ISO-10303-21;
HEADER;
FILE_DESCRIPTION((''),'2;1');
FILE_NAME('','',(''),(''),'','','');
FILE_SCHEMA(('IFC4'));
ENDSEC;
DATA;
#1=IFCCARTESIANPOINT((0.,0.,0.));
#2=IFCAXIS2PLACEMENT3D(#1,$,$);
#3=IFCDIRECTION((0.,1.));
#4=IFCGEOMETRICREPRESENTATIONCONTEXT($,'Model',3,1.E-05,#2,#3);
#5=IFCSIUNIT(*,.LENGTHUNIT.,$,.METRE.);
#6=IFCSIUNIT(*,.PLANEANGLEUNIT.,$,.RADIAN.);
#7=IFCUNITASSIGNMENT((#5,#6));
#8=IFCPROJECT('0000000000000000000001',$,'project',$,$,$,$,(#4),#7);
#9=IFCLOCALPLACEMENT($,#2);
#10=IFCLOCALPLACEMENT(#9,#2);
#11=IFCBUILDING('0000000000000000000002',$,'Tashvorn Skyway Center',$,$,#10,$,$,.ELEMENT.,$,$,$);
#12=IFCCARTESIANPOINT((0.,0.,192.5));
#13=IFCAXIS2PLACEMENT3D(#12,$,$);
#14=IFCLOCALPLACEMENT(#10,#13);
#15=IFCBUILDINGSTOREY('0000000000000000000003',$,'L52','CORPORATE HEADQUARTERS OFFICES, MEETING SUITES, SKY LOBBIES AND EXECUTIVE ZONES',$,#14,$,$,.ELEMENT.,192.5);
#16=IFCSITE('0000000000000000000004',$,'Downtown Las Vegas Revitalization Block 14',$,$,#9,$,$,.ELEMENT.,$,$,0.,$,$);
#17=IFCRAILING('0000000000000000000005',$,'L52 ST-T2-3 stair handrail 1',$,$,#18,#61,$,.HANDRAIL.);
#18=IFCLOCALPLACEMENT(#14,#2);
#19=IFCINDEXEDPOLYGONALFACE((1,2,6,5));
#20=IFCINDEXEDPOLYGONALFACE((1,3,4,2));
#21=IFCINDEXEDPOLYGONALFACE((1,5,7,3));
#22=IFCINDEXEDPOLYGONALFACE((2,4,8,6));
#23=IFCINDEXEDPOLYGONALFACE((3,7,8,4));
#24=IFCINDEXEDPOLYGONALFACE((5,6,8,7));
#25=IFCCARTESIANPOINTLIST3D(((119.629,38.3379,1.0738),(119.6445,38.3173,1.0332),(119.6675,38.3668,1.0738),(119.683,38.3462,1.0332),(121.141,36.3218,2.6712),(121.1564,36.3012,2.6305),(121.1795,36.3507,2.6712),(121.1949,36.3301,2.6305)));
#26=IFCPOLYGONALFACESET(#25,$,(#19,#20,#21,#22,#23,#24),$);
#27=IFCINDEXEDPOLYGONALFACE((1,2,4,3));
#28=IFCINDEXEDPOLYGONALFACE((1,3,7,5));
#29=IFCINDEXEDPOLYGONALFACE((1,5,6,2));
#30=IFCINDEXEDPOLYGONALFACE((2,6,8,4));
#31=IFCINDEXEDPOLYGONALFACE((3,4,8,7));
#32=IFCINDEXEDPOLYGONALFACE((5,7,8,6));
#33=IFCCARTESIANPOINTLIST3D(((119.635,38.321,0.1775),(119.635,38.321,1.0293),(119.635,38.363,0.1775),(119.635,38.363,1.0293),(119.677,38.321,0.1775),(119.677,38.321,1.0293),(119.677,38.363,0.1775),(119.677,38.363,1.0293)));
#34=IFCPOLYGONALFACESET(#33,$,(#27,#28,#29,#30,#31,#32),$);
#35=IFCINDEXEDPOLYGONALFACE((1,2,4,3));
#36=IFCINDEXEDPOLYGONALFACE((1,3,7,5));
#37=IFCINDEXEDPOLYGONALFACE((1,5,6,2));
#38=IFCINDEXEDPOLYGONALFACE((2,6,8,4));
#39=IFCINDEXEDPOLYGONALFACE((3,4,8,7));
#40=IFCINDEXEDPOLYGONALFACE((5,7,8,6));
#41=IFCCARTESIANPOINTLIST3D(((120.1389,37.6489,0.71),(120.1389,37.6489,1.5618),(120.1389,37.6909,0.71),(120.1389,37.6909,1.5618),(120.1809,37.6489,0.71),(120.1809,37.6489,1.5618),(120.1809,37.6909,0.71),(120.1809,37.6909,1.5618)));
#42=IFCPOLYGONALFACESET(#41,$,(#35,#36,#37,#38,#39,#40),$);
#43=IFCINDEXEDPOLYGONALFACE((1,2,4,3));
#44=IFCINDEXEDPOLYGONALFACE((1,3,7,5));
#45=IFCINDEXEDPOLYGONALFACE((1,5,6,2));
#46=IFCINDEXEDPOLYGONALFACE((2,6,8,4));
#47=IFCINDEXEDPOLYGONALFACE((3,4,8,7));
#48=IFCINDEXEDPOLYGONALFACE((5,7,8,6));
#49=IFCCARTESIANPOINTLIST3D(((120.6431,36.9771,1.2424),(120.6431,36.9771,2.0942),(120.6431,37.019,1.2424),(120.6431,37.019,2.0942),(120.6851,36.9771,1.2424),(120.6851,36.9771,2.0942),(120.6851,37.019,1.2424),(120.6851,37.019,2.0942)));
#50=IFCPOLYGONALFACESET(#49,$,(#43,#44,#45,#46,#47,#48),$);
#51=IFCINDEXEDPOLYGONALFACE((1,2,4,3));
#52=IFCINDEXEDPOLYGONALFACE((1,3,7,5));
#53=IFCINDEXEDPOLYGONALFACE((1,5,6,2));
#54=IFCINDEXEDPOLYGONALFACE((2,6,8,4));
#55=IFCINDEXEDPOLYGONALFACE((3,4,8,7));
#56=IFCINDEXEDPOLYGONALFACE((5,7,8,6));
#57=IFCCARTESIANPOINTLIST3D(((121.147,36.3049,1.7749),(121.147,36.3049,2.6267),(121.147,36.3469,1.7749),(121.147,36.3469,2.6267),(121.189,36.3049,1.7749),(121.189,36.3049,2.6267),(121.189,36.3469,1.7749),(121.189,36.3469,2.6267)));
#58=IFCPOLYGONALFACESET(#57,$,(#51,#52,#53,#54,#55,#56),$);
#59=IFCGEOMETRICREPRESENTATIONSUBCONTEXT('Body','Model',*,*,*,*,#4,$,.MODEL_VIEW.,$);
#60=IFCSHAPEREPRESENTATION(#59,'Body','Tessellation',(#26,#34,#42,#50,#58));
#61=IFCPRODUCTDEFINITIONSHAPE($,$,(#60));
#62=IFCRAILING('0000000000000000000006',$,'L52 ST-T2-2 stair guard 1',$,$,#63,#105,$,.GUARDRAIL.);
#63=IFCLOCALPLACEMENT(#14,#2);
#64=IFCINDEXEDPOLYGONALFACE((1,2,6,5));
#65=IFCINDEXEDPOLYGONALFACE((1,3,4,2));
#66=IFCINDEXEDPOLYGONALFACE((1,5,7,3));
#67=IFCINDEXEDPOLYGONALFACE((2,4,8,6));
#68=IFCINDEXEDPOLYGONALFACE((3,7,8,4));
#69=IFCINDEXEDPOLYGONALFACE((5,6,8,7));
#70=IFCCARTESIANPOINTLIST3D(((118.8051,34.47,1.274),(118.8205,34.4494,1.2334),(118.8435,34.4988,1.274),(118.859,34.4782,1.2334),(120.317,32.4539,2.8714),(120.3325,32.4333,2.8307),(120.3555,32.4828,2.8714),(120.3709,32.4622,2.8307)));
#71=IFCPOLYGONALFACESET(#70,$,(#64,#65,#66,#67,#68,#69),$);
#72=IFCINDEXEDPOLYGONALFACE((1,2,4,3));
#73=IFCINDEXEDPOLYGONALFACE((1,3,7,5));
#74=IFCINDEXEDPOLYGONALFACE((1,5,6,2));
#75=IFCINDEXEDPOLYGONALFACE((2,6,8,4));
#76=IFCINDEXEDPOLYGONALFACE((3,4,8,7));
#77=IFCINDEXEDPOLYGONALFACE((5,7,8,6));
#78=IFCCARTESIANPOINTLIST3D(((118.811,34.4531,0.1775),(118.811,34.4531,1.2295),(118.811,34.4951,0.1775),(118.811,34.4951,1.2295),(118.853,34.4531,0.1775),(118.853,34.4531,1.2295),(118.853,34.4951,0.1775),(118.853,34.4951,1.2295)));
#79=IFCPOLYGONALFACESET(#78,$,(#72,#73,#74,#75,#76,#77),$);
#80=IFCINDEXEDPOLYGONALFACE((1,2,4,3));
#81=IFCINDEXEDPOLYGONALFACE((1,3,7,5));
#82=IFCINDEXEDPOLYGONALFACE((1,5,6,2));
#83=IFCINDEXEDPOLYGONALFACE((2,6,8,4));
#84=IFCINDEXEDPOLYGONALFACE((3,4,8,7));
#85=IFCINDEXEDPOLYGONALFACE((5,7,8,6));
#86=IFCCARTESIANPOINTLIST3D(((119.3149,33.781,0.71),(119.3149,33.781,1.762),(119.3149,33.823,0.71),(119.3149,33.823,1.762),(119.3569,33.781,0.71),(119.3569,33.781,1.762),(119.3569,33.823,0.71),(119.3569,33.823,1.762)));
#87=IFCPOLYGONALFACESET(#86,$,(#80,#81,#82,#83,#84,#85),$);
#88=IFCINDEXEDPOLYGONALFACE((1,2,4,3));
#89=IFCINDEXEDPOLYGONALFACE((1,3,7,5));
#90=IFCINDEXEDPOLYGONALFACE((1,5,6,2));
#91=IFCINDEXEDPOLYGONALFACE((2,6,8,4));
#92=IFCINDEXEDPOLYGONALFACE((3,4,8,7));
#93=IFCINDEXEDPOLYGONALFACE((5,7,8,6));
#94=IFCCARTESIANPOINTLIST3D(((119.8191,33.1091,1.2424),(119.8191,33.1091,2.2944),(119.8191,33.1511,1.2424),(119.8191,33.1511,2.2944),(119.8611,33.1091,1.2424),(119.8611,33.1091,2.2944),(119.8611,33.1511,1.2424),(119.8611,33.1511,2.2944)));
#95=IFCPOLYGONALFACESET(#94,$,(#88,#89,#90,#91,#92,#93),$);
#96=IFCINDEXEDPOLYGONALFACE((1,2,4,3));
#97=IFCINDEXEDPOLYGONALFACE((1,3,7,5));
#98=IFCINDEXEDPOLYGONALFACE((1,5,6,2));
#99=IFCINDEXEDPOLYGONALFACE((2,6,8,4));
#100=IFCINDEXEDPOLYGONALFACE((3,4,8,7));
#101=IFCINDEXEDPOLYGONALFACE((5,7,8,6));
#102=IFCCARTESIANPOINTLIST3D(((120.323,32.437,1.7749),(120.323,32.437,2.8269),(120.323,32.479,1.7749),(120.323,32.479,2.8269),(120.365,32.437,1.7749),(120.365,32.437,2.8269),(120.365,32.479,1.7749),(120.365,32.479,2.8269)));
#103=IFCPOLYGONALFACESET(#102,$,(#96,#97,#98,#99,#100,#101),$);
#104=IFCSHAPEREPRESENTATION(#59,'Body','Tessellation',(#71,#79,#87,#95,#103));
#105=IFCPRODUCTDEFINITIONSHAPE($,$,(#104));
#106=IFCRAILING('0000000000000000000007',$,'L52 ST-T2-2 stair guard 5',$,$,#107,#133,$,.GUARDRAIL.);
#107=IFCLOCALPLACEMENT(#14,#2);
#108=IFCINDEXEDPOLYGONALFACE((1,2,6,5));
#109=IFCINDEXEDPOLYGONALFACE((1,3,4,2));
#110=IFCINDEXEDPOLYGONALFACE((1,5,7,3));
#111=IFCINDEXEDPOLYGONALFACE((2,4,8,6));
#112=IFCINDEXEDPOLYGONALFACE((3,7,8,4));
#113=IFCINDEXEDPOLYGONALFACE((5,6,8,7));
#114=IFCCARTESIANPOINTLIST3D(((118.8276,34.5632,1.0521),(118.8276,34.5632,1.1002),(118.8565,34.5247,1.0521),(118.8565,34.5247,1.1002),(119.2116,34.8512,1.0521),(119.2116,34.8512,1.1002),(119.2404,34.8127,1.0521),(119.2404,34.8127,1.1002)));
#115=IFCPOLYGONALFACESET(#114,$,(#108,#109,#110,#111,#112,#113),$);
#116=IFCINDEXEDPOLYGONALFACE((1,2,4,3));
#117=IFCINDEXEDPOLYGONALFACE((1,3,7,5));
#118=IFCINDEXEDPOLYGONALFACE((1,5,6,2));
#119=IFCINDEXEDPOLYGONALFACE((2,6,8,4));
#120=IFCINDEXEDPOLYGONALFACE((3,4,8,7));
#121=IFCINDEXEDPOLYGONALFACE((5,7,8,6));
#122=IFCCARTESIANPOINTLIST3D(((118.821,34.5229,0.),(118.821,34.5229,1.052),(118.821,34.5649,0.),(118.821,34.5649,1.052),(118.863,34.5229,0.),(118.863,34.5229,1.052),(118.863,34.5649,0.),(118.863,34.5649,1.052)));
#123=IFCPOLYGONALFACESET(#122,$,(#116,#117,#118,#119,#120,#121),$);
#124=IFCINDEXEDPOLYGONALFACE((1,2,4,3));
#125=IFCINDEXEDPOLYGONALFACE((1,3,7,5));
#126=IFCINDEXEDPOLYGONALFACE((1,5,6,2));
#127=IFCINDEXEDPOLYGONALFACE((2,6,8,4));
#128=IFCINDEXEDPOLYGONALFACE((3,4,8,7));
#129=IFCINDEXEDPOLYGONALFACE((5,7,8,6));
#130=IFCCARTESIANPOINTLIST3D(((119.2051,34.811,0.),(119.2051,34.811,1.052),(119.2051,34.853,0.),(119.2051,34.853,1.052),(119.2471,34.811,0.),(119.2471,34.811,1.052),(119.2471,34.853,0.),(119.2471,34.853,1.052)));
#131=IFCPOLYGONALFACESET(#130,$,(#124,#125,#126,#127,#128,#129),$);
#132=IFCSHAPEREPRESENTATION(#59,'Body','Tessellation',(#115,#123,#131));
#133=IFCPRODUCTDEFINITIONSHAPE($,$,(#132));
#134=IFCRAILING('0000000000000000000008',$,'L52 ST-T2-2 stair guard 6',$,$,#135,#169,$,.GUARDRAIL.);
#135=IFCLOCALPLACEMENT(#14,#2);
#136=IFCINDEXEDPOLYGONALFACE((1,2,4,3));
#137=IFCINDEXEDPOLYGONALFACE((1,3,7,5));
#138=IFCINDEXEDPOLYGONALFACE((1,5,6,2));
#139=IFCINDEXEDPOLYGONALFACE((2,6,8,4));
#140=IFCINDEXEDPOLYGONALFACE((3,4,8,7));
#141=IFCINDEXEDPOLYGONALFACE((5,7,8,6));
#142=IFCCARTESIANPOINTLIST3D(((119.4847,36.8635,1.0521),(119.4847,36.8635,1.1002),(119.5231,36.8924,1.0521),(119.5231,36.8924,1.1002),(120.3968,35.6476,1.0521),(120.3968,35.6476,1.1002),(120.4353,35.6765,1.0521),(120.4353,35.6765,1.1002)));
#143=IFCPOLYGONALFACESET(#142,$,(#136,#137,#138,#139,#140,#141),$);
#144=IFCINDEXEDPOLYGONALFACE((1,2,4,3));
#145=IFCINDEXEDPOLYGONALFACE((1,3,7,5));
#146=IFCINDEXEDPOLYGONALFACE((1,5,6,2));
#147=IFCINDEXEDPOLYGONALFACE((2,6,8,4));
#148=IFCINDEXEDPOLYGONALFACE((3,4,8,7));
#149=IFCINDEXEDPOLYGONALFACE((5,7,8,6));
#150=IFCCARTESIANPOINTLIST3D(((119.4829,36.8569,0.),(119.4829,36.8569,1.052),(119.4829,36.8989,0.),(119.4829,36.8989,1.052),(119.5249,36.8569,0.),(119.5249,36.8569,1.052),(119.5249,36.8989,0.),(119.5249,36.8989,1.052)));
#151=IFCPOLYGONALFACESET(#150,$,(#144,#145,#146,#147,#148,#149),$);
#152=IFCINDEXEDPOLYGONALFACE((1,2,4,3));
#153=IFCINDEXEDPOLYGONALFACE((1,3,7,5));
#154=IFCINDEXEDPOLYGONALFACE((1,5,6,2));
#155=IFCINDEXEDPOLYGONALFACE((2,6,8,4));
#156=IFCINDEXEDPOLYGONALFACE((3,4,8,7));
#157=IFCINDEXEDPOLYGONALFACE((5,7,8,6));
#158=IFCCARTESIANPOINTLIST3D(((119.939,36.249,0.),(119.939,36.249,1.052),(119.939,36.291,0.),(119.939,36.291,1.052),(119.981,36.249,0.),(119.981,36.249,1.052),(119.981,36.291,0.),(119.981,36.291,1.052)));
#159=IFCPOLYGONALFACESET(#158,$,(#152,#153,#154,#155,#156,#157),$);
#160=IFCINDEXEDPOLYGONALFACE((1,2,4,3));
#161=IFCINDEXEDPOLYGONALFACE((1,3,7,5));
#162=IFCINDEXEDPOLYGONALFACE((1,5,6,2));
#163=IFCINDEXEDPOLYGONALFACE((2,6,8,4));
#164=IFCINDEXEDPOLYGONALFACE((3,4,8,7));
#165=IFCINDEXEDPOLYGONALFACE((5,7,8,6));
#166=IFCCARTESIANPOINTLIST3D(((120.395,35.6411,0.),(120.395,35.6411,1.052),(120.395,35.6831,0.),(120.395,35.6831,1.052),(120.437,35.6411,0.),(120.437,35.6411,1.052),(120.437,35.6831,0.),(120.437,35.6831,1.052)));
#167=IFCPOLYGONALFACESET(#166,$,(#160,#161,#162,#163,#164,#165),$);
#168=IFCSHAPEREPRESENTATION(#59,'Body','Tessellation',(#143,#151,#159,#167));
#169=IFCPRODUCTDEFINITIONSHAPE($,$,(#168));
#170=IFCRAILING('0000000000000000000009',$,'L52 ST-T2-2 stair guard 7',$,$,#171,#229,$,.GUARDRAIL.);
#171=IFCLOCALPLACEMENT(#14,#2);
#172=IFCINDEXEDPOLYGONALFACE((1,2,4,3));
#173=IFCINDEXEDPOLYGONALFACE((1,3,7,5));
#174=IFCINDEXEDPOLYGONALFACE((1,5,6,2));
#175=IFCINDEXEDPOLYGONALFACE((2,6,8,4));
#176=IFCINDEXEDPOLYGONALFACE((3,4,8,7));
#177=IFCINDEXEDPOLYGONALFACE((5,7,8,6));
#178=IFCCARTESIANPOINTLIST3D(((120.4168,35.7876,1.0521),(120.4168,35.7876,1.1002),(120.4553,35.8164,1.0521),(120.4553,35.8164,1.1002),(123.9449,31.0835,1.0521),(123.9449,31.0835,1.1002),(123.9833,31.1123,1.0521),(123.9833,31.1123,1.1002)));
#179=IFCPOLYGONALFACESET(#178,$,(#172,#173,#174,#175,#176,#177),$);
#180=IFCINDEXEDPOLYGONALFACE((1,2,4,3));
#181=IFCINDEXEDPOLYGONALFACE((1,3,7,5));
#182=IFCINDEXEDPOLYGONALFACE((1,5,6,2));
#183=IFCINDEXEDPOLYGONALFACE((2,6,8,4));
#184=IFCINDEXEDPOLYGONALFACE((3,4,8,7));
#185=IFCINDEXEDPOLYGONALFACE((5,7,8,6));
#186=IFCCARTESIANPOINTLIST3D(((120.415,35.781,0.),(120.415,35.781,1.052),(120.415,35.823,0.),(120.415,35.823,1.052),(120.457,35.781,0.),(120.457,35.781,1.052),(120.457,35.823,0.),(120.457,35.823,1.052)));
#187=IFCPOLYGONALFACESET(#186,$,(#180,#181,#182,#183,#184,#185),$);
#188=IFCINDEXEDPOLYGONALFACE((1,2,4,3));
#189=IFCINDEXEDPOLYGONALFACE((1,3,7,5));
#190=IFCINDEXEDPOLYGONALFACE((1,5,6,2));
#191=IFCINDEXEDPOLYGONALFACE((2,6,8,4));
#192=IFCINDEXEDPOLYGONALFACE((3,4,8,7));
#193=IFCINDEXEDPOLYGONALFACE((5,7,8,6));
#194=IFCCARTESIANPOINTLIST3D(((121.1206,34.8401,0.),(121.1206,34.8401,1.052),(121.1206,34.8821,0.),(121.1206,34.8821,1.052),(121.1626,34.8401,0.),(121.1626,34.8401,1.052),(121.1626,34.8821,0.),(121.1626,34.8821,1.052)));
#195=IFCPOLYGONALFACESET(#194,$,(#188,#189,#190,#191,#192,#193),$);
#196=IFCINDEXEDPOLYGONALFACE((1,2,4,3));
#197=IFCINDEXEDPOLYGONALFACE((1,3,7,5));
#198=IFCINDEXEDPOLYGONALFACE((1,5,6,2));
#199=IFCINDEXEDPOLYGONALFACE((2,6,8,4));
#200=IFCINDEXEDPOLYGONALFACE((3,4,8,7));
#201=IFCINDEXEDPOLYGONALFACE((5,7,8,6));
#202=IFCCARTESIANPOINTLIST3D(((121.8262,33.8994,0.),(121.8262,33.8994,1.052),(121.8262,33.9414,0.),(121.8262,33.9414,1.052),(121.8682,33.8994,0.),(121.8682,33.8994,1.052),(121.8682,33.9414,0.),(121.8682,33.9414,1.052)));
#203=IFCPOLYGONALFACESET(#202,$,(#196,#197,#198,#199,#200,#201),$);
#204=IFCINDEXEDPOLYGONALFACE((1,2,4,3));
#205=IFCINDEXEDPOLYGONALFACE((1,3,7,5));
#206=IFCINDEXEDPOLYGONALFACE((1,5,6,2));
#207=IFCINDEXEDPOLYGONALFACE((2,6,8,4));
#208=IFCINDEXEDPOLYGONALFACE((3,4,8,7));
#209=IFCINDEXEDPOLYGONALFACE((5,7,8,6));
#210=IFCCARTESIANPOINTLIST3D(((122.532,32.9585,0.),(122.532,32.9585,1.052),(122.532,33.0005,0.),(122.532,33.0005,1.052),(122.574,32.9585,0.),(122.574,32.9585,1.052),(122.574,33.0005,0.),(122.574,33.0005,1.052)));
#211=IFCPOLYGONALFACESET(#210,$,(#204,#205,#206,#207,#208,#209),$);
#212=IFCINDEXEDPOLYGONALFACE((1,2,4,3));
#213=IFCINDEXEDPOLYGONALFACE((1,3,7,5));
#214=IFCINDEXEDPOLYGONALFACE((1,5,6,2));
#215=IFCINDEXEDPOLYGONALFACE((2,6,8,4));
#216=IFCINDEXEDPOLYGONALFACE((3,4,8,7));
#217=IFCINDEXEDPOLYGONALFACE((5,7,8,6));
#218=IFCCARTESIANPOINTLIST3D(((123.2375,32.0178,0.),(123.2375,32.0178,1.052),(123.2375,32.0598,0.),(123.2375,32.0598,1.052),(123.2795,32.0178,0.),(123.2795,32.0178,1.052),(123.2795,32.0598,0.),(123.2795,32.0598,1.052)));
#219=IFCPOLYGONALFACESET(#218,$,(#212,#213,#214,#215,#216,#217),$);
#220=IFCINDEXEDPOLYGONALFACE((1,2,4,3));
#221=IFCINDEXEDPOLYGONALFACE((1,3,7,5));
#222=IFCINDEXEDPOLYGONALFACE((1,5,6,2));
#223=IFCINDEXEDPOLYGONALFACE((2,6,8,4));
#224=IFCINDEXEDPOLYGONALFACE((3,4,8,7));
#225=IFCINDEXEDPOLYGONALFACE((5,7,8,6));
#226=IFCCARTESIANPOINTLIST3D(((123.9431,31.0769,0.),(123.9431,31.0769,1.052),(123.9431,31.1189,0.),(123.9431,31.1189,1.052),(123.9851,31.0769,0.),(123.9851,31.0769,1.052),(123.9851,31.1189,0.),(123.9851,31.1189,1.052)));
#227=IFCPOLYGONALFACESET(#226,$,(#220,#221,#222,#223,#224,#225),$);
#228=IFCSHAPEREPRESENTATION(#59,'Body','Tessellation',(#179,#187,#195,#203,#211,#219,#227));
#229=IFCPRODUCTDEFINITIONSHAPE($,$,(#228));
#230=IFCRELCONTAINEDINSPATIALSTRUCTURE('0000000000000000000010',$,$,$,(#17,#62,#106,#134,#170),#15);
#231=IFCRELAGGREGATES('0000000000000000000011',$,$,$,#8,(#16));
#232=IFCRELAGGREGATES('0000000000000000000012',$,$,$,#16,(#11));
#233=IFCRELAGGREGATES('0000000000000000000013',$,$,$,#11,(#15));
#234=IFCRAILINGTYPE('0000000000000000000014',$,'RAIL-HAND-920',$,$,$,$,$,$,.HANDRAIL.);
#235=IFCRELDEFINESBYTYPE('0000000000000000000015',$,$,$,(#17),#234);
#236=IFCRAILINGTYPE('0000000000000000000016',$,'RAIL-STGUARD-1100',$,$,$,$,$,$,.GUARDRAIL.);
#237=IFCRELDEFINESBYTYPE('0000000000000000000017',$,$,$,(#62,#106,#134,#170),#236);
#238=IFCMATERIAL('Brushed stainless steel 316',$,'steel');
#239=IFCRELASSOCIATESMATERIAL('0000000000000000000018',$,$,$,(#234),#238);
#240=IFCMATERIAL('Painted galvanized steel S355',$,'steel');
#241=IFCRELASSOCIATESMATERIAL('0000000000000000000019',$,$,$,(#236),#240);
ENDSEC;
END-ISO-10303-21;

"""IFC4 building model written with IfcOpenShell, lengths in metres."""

from ifc_helpers import new_model, si_unit, direction, frame, origin, origin_2d, place, context, subcontext, project, spatial, rectangle, extrude, material, type_object, element, save


model = new_model("IFC4")

# Units and contexts
model_context = context("Model", 3, precision=1e-05, world=origin(), true_north=direction((0.0, 1.0)))
body_context = subcontext(model_context, "Body", "Model", "MODEL_VIEW")
ifc_project = project(units=[si_unit("LENGTHUNIT", "METRE"), si_unit("PLANEANGLEUNIT", "RADIAN")], contexts=[model_context])

# Site, building, storey
site_placement = place(None, origin())
site = spatial("IfcSite", under=ifc_project, at=site_placement, Name="Downtown Las Vegas Revitalization Block 14", CompositionType="ELEMENT", RefElevation=0.0)
building_placement = place(site_placement, origin())
building = spatial("IfcBuilding", under=site, at=building_placement, Name="Tashvorn Skyway Center", CompositionType="ELEMENT")
storey_placement = place(building_placement, frame((0.0, 0.0, 192.5)))
storey = spatial("IfcBuildingStorey", under=building, at=storey_placement, Name="L52", Description="CORPORATE HEADQUARTERS OFFICES, MEETING SUITES, SKY LOBBIES AND EXECUTIVE ZONES", CompositionType="ELEMENT", Elevation=192.5)

# Railings
ifc_material_1 = material(Name="Brushed stainless steel 316", Category="steel")
railing_type_1 = type_object("IfcRailingType", Name="RAIL-HAND-920", PredefinedType="HANDRAIL", material=ifc_material_1)
railing_1_placement = place(storey_placement, frame((119.656, 38.342, 0.1775)))
element("IfcRailing", 1, at=railing_1_placement, inside=storey, type_object=railing_type_1, Name="L52 ST-T2-3 stair handrail 1", PredefinedType="HANDRAIL", context=body_context, shape_type="SweptSolid", body=[
    extrude(rectangle(XDim=0.0481, YDim=0.0481, at=origin_2d()), frame((0.0, 0.0, 0.876), z_axis=(0.506741, -0.675709, 0.535379), x_axis=(0.800023, 0.599969, 0.0)), (0.0, 0.0, 1.0), 2.9836),
    extrude(rectangle(XDim=0.042, YDim=0.042, at=origin_2d()), origin(), (0.0, 0.0, 1.0), 0.8518),
    extrude(rectangle(XDim=0.042, YDim=0.042, at=origin_2d()), frame((0.5039, -0.6721, 0.5325)), (0.0, 0.0, 1.0), 0.8518),
    extrude(rectangle(XDim=0.042, YDim=0.042, at=origin_2d()), frame((1.0081, -1.344, 1.0649)), (0.0, 0.0, 1.0), 0.8518),
    extrude(rectangle(XDim=0.042, YDim=0.042, at=origin_2d()), frame((1.512, -2.0161, 1.5974)), (0.0, 0.0, 1.0), 0.8518),
])
ifc_material_2 = material(Name="Painted galvanized steel S355", Category="steel")
railing_type_2 = type_object("IfcRailingType", Name="RAIL-STGUARD-1100", PredefinedType="GUARDRAIL", material=ifc_material_2)
railing_2_placement = place(storey_placement, frame((118.832, 34.4741, 0.1775)))
element("IfcRailing", 2, at=railing_2_placement, inside=storey, type_object=railing_type_2, Name="L52 ST-T2-2 stair guard 1", PredefinedType="GUARDRAIL", context=body_context, shape_type="SweptSolid", body=[
    extrude(rectangle(XDim=0.0481, YDim=0.0481, at=origin_2d()), frame((0.0, 0.0, 1.0762), z_axis=(0.506741, -0.675709, 0.535379), x_axis=(0.800023, 0.599969, 0.0)), (0.0, 0.0, 1.0), 2.9836),
    extrude(rectangle(XDim=0.042, YDim=0.042, at=origin_2d()), origin(), (0.0, 0.0, 1.0), 1.052),
    extrude(rectangle(XDim=0.042, YDim=0.042, at=origin_2d()), frame((0.5039, -0.6721, 0.5325)), (0.0, 0.0, 1.0), 1.052),
    extrude(rectangle(XDim=0.042, YDim=0.042, at=origin_2d()), frame((1.0081, -1.344, 1.0649)), (0.0, 0.0, 1.0), 1.052),
    extrude(rectangle(XDim=0.042, YDim=0.042, at=origin_2d()), frame((1.512, -2.0161, 1.5974)), (0.0, 0.0, 1.0), 1.052),
])
railing_3_placement = place(storey_placement, frame((118.842, 34.5439, 0.0)))
element("IfcRailing", 3, at=railing_3_placement, inside=storey, type_object=railing_type_2, Name="L52 ST-T2-2 stair guard 5", PredefinedType="GUARDRAIL", context=body_context, shape_type="SweptSolid", body=[
    extrude(rectangle(XDim=0.0481, YDim=0.0481, at=origin_2d()), frame((0.0, 0.0, 1.0762), z_axis=(0.799939, 0.600081, 0.0), x_axis=(-0.600081, 0.799939, 0.0)), (0.0, 0.0, 1.0), 0.48),
    extrude(rectangle(XDim=0.042, YDim=0.042, at=origin_2d()), origin(), (0.0, 0.0, 1.0), 1.052),
    extrude(rectangle(XDim=0.042, YDim=0.042, at=origin_2d()), frame((0.384, 0.2881, 0.0)), (0.0, 0.0, 1.0), 1.052),
])
railing_4_placement = place(storey_placement, frame((119.5039, 36.8779, 0.0)))
element("IfcRailing", 4, at=railing_4_placement, inside=storey, type_object=railing_type_2, Name="L52 ST-T2-2 stair guard 6", PredefinedType="GUARDRAIL", context=body_context, shape_type="SweptSolid", body=[
    extrude(rectangle(XDim=0.0481, YDim=0.0481, at=origin_2d()), frame((0.0, 0.0, 1.0762), z_axis=(0.600103, -0.799923, 0.0), x_axis=(0.799923, 0.600103, 0.0)), (0.0, 0.0, 1.0), 1.52),
    extrude(rectangle(XDim=0.042, YDim=0.042, at=origin_2d()), origin(), (0.0, 0.0, 1.0), 1.052),
    extrude(rectangle(XDim=0.042, YDim=0.042, at=origin_2d()), frame((0.4561, -0.6079, 0.0)), (0.0, 0.0, 1.0), 1.052),
    extrude(rectangle(XDim=0.042, YDim=0.042, at=origin_2d()), frame((0.9121, -1.2158, 0.0)), (0.0, 0.0, 1.0), 1.052),
])
railing_5_placement = place(storey_placement, frame((120.436, 35.802, 0.0)))
element("IfcRailing", 5, at=railing_5_placement, inside=storey, type_object=railing_type_2, Name="L52 ST-T2-2 stair guard 7", PredefinedType="GUARDRAIL", context=body_context, shape_type="SweptSolid", body=[
    extrude(rectangle(XDim=0.0481, YDim=0.0481, at=origin_2d()), frame((0.0, 0.0, 1.0762), z_axis=(0.6, -0.8, 0.0), x_axis=(0.8, 0.6, 0.0)), (0.0, 0.0, 1.0), 5.8801),
    extrude(rectangle(XDim=0.042, YDim=0.042, at=origin_2d()), origin(), (0.0, 0.0, 1.0), 1.052),
    extrude(rectangle(XDim=0.042, YDim=0.042, at=origin_2d()), frame((0.7056, -0.9409, 0.0)), (0.0, 0.0, 1.0), 1.052),
    extrude(rectangle(XDim=0.042, YDim=0.042, at=origin_2d()), frame((1.4111, -1.8816, 0.0)), (0.0, 0.0, 1.0), 1.052),
    extrude(rectangle(XDim=0.042, YDim=0.042, at=origin_2d()), frame((2.1169, -2.8225, 0.0)), (0.0, 0.0, 1.0), 1.052),
    extrude(rectangle(XDim=0.042, YDim=0.042, at=origin_2d()), frame((2.8225, -3.7632, 0.0)), (0.0, 0.0, 1.0), 1.052),
    extrude(rectangle(XDim=0.042, YDim=0.042, at=origin_2d()), frame((3.5281, -4.7041, 0.0)), (0.0, 0.0, 1.0), 1.052),
])

save(model, "model.ifc")
